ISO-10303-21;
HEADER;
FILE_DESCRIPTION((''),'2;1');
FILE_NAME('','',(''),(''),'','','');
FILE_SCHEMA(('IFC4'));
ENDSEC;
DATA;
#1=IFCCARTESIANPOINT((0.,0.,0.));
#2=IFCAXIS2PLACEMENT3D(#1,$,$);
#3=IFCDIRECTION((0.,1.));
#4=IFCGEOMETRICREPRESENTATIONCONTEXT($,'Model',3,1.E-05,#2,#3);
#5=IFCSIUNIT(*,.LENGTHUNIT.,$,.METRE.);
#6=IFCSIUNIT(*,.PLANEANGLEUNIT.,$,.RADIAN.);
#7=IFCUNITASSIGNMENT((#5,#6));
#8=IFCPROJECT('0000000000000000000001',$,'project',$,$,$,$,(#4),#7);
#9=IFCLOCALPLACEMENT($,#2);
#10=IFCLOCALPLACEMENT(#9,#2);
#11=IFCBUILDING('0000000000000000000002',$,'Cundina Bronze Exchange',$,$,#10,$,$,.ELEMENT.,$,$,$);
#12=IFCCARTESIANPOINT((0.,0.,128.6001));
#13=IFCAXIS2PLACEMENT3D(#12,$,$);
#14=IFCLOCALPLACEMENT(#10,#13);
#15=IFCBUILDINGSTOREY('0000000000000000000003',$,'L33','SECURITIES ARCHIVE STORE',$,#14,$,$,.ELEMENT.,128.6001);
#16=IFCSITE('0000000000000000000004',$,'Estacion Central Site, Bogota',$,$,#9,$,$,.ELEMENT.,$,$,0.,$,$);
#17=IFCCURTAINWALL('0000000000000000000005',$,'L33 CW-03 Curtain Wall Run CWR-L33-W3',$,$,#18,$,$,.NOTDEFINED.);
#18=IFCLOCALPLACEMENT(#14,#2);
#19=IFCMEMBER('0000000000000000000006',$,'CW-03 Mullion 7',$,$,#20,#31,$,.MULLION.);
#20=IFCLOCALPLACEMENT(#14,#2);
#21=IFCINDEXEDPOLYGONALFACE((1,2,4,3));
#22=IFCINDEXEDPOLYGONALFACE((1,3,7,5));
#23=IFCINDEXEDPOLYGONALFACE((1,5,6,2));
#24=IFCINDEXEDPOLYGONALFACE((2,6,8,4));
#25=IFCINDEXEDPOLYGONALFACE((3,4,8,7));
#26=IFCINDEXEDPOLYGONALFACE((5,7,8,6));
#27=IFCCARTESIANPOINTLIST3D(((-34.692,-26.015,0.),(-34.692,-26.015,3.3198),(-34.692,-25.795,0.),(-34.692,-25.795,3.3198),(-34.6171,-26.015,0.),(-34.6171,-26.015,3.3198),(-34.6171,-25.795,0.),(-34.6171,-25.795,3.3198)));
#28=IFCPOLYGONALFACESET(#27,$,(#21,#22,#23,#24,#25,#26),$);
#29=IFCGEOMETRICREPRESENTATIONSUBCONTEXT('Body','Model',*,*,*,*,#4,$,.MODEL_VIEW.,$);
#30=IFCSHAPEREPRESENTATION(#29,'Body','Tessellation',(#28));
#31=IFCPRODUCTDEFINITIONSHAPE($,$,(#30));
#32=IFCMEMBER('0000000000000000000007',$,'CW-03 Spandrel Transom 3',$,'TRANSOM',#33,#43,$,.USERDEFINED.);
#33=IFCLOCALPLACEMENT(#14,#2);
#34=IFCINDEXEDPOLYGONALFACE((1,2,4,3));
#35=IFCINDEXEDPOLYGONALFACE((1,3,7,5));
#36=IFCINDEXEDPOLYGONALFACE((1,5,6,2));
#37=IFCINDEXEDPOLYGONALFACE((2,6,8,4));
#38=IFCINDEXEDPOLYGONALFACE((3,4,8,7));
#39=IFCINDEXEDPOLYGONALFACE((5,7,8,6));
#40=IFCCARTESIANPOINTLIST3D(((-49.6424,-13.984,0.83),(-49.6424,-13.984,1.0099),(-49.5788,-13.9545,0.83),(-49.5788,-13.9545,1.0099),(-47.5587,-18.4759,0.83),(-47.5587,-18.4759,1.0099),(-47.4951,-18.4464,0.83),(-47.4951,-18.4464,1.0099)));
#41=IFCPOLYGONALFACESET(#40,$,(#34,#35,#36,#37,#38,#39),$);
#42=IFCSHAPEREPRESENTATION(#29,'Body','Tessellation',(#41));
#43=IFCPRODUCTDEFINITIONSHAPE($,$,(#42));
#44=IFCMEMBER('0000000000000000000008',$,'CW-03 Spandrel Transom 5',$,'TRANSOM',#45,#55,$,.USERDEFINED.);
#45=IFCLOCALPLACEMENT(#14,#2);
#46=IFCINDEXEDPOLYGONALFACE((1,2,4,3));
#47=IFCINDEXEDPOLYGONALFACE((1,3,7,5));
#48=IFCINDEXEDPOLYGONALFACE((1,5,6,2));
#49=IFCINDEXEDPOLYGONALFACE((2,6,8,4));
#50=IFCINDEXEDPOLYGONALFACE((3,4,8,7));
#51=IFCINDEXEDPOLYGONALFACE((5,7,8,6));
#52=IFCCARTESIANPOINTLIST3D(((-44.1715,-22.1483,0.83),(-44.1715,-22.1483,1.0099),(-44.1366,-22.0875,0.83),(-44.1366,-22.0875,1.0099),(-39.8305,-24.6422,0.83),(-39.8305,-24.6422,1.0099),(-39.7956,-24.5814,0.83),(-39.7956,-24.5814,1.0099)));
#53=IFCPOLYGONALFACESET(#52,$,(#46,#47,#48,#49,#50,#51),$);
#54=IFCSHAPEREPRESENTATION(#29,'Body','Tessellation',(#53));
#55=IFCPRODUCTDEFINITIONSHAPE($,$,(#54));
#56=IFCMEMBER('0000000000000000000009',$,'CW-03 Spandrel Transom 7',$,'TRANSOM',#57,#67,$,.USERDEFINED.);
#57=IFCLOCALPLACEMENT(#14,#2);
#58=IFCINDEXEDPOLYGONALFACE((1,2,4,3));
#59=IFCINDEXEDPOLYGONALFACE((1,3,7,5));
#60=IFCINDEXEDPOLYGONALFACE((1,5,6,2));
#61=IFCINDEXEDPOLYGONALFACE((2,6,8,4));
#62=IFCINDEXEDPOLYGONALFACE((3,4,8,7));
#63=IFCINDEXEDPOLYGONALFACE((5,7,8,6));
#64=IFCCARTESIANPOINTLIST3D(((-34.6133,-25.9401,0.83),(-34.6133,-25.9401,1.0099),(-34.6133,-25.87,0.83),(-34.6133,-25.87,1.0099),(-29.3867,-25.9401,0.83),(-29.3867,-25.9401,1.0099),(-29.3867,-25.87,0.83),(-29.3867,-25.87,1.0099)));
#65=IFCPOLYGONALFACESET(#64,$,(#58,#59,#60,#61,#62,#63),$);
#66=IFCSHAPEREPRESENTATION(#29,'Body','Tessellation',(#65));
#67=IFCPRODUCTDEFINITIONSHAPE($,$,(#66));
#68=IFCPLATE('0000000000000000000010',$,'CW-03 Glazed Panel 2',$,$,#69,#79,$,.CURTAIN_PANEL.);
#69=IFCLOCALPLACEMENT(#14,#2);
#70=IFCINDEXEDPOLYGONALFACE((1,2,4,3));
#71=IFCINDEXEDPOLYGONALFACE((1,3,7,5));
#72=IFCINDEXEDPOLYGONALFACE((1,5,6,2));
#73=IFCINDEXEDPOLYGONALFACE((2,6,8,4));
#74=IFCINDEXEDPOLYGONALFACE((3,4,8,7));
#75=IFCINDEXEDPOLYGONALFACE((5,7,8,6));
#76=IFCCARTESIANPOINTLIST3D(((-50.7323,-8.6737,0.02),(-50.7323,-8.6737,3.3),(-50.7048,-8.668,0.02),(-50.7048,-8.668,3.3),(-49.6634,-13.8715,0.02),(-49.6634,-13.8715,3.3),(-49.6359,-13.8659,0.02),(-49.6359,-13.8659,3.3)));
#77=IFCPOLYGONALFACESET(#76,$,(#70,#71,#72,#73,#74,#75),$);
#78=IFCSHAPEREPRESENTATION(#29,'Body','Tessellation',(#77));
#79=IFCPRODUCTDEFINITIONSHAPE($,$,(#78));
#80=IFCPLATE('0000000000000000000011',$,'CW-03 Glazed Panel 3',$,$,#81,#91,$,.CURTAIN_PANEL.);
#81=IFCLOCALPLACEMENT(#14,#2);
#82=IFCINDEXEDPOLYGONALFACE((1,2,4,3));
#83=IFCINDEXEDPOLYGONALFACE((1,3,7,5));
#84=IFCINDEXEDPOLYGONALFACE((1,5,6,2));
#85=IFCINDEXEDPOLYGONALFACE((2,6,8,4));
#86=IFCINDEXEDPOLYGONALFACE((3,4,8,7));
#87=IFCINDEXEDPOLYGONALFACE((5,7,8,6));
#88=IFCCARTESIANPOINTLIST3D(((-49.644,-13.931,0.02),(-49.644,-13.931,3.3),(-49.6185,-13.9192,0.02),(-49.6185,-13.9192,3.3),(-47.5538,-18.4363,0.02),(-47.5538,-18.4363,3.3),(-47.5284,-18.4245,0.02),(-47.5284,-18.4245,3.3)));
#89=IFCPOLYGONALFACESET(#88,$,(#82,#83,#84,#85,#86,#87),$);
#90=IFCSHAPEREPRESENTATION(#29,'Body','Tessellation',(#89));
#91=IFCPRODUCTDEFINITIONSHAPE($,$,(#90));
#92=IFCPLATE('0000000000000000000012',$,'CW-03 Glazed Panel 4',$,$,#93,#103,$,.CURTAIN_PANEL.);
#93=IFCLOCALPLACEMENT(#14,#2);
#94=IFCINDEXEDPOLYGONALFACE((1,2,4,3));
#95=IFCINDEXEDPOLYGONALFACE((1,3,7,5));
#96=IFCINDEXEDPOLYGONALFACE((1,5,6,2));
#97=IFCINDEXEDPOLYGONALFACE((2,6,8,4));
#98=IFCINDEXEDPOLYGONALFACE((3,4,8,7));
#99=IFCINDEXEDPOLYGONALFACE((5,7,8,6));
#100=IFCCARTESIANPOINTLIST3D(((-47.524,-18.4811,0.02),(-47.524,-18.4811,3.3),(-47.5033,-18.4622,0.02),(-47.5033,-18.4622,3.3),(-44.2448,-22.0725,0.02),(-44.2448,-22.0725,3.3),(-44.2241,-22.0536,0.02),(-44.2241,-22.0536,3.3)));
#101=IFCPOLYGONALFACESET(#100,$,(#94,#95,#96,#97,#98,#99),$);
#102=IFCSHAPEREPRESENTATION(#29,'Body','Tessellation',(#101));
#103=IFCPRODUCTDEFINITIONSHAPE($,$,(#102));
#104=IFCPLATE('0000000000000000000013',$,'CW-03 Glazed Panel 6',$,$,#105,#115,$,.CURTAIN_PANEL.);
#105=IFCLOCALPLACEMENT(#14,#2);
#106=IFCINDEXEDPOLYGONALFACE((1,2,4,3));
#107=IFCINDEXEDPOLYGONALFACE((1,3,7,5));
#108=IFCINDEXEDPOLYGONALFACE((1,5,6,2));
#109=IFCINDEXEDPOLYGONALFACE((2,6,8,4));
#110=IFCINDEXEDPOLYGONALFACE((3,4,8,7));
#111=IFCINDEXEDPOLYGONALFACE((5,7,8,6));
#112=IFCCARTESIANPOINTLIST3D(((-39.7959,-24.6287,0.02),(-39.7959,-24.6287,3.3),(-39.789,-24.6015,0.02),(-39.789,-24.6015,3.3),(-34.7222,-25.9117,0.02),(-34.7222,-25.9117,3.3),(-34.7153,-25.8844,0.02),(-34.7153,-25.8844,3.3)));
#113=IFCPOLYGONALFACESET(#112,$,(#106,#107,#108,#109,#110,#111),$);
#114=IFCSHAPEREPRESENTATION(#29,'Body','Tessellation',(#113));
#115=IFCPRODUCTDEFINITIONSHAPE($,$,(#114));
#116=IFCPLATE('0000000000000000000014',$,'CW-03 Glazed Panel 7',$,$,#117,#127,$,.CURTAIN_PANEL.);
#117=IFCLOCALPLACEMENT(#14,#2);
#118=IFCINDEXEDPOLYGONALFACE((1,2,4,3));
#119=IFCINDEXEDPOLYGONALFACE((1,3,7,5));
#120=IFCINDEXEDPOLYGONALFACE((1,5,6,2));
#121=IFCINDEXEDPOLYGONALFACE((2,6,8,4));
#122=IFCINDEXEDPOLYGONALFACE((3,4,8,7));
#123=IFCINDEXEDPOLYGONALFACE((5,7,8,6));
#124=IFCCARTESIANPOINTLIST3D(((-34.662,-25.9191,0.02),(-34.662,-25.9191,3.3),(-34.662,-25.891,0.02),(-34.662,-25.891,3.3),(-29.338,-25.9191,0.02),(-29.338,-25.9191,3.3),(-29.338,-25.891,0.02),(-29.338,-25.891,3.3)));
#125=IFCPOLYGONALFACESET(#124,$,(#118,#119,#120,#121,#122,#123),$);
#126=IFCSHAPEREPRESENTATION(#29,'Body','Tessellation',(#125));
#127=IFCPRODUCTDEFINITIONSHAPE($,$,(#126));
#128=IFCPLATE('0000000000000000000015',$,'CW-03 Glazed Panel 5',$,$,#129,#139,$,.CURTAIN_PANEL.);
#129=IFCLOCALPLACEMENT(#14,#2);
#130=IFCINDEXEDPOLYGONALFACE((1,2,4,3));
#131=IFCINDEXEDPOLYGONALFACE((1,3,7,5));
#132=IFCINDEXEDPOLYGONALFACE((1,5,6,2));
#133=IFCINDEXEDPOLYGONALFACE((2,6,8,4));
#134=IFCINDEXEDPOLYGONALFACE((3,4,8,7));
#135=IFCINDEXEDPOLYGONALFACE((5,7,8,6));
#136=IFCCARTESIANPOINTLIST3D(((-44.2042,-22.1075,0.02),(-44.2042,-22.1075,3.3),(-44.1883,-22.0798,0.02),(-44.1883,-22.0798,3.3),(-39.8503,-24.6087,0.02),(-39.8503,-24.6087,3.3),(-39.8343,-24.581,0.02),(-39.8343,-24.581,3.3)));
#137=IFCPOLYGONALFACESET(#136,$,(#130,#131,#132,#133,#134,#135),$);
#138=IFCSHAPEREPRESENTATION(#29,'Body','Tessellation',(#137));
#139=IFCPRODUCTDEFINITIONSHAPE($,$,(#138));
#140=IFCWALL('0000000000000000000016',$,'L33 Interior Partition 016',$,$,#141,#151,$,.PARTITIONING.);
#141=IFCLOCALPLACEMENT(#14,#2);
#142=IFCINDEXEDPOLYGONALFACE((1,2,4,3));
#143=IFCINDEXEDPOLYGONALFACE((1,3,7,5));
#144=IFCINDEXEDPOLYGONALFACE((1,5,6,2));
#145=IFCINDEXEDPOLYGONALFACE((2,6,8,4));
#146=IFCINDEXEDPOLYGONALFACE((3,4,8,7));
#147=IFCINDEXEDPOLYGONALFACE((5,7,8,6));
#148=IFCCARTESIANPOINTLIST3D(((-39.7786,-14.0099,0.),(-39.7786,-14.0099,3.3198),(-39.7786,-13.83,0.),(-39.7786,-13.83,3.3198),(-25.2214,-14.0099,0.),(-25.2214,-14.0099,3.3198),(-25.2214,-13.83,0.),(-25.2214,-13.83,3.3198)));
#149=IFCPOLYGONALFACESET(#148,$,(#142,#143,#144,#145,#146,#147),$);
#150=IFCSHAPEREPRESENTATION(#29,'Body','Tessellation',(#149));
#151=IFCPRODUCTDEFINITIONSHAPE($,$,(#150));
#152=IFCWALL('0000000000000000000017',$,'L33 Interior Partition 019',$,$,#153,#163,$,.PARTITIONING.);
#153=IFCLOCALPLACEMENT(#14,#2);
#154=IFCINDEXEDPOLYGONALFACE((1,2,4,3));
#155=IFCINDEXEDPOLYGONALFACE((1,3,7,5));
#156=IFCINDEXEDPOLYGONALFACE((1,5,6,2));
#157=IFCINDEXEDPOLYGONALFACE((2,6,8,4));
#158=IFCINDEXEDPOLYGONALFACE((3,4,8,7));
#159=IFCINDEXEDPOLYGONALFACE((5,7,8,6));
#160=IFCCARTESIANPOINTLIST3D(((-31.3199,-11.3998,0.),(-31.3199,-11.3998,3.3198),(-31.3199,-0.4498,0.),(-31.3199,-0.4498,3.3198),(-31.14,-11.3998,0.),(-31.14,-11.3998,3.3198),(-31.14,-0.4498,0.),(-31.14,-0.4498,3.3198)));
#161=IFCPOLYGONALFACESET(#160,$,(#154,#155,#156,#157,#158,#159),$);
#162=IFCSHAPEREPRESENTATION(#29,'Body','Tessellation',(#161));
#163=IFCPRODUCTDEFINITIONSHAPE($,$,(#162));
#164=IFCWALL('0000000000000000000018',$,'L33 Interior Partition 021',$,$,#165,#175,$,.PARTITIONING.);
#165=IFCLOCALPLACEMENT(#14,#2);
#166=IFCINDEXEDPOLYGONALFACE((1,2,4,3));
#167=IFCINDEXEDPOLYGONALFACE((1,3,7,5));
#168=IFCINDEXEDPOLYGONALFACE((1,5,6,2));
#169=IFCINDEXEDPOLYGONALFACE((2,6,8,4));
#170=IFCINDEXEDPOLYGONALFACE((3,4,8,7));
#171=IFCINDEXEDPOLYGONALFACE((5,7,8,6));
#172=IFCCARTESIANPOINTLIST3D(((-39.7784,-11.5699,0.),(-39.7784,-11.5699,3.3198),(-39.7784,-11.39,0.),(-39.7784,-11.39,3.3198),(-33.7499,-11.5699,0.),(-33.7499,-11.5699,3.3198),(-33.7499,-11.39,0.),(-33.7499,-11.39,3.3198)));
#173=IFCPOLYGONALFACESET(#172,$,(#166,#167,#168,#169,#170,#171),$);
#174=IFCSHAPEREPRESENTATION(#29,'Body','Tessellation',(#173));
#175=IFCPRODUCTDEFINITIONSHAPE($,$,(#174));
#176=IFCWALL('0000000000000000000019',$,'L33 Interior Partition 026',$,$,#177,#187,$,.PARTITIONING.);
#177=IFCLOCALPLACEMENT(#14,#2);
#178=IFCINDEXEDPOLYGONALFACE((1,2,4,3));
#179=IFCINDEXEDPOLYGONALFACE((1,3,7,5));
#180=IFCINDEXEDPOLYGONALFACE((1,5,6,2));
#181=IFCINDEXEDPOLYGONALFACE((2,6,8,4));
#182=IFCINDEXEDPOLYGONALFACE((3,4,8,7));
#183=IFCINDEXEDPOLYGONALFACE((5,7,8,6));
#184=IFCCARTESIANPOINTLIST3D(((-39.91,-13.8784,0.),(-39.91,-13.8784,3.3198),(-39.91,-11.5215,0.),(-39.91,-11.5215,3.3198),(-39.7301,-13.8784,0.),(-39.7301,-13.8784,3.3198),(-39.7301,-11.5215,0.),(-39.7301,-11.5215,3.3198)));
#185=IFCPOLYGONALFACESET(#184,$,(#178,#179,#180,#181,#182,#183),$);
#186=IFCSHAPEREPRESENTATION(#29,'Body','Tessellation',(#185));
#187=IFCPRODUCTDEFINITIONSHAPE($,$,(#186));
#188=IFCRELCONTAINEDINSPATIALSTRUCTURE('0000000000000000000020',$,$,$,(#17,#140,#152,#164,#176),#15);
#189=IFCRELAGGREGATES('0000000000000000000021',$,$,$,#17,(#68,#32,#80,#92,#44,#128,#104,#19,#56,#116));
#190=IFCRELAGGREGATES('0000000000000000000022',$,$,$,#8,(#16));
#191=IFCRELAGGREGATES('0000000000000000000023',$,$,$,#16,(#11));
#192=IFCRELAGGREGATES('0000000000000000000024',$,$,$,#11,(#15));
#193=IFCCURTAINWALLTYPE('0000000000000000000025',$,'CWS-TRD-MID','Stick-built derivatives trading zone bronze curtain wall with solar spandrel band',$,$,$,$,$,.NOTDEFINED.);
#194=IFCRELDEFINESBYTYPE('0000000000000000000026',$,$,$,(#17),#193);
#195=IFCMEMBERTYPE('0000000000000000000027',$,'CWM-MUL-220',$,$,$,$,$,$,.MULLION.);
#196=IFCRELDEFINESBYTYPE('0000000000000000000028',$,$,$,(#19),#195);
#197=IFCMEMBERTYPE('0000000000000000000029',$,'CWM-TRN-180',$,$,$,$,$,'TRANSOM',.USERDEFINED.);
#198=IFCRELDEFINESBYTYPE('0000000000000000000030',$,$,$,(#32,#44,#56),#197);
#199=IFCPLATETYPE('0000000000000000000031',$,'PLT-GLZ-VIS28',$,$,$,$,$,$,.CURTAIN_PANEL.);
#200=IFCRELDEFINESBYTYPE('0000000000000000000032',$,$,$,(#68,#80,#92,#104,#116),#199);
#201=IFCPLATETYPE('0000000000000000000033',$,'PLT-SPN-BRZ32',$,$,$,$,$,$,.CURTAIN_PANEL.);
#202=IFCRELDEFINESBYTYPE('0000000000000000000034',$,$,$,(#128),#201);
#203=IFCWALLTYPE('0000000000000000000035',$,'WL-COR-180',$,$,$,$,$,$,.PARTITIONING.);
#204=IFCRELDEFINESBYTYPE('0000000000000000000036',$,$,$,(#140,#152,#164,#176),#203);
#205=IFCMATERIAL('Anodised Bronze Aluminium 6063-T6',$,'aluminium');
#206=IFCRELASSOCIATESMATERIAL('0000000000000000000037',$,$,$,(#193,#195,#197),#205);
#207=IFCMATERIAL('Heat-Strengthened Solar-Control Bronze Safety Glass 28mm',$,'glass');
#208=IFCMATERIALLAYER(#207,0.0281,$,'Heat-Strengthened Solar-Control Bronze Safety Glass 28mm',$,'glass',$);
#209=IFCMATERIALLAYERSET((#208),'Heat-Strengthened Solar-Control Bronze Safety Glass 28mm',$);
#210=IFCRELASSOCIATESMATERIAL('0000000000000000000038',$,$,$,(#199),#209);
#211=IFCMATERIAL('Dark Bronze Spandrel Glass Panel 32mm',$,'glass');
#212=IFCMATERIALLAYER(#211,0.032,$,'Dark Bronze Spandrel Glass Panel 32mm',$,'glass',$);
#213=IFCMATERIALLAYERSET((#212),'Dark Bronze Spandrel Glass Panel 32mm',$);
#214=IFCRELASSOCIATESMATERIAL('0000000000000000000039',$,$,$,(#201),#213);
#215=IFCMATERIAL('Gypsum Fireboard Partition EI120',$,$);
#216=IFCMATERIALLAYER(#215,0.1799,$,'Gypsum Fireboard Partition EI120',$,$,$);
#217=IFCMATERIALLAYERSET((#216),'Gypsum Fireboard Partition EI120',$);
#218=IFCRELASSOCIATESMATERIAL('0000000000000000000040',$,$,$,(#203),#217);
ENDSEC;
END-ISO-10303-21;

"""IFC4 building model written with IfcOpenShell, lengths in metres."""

from ifc_helpers import new_model, si_unit, direction, frame, frame_2d, origin, origin_2d, place, context, subcontext, project, spatial, rectangle, extrude, material, layer, layer_set, material_profile, profile_set, type_object, element, aggregate, save


model = new_model("IFC4")

# Units and contexts
model_context = context("Model", 3, precision=1e-05, world=origin(), true_north=direction((0.0, 1.0)))
body_context = subcontext(model_context, "Body", "Model", "MODEL_VIEW")
ifc_project = project(units=[si_unit("LENGTHUNIT", "METRE"), si_unit("PLANEANGLEUNIT", "RADIAN")], contexts=[model_context])

# Site, building, storey
site_placement = place(None, origin())
site = spatial("IfcSite", under=ifc_project, at=site_placement, Name="Estacion Central Site, Bogota", CompositionType="ELEMENT", RefElevation=0.0)
building_placement = place(site_placement, origin())
building = spatial("IfcBuilding", under=site, at=building_placement, Name="Cundina Bronze Exchange", CompositionType="ELEMENT")
storey_placement = place(building_placement, frame((0.0, 0.0, 128.6001)))
storey = spatial("IfcBuildingStorey", under=building, at=storey_placement, Name="L33", Description="SECURITIES ARCHIVE STORE", CompositionType="ELEMENT", Elevation=128.6001)

# Curtain wall, members, plates
ifc_material_1 = material(Name="Anodised Bronze Aluminium 6063-T6", Category="aluminium")
curtain_wall_type = type_object("IfcCurtainWallType", Name="CWS-TRD-MID", Description="Stick-built derivatives trading zone bronze curtain wall with solar spandrel band", PredefinedType="NOTDEFINED", material=ifc_material_1)
curtain_wall_placement = place(storey_placement, origin())
curtain_wall = element("IfcCurtainWall", 1, at=curtain_wall_placement, inside=storey, type_object=curtain_wall_type, Name="L33 CW-03 Curtain Wall Run CWR-L33-W3", PredefinedType="NOTDEFINED")
ifc_material_profile_1 = material_profile(ifc_material_1, rectangle(XDim=0.075, YDim=0.22, at=origin_2d()), Name="AL75X220", Category="aluminium")
ifc_profile_set_1 = profile_set([ifc_material_profile_1], Name="Anodised Bronze Aluminium 6063-T6")
member_type_1 = type_object("IfcMemberType", Name="CWM-MUL-220", PredefinedType="MULLION", material=ifc_profile_set_1)
member_1_placement = place(storey_placement, frame((-34.6545, -25.905, 0.0), z_axis=(0.0, 0.0, 1.0), x_axis=(1.0, 0.0, 0.0)))
member_1 = element("IfcMember", 2, at=member_1_placement, type_object=member_type_1, Name="CW-03 Mullion 7", PredefinedType="MULLION", context=body_context, shape_type="SweptSolid", body=[
    extrude(rectangle(XDim=0.075, YDim=0.22, at=origin_2d()), origin(), (0.0, 0.0, 1.0), 3.3198),
])
ifc_material_profile_2 = material_profile(ifc_material_1, rectangle(XDim=0.0701, YDim=0.1799, at=origin_2d()), Name="AL70X180", Category="aluminium")
ifc_profile_set_2 = profile_set([ifc_material_profile_2], Name="Anodised Bronze Aluminium 6063-T6")
member_type_2 = type_object("IfcMemberType", Name="CWM-TRN-180", ElementType="TRANSOM", PredefinedType="USERDEFINED", material=ifc_profile_set_2)
member_2_placement = place(storey_placement, frame((-49.6106, -13.9692, 0.9199), z_axis=(0.420811, -0.907148, 0.0), x_axis=(0.907148, 0.420811, 0.0)))
member_2 = element("IfcMember", 3, at=member_2_placement, type_object=member_type_2, Name="CW-03 Spandrel Transom 3", ObjectType="TRANSOM", PredefinedType="USERDEFINED", context=body_context, shape_type="SweptSolid", body=[
    extrude(rectangle(XDim=0.0701, YDim=0.1799, at=origin_2d()), origin(), (0.0, 0.0, 1.0), 4.9517),
])
member_3_placement = place(storey_placement, frame((-44.1541, -22.1179, 0.9199), z_axis=(0.867097, -0.498139, 0.0), x_axis=(0.498139, 0.867097, 0.0)))
member_3 = element("IfcMember", 4, at=member_3_placement, type_object=member_type_2, Name="CW-03 Spandrel Transom 5", ObjectType="TRANSOM", PredefinedType="USERDEFINED", context=body_context, shape_type="SweptSolid", body=[
    extrude(rectangle(XDim=0.0701, YDim=0.1799, at=origin_2d()), origin(), (0.0, 0.0, 1.0), 5.0063),
])
member_4_placement = place(storey_placement, frame((-34.6133, -25.905, 0.9199), z_axis=(1.0, 0.0, 0.0), x_axis=(0.0, 1.0, 0.0)))
member_4 = element("IfcMember", 5, at=member_4_placement, type_object=member_type_2, Name="CW-03 Spandrel Transom 7", ObjectType="TRANSOM", PredefinedType="USERDEFINED", context=body_context, shape_type="SweptSolid", body=[
    extrude(rectangle(XDim=0.0701, YDim=0.1799, at=origin_2d()), origin(), (0.0, 0.0, 1.0), 5.2266),
])
ifc_material_2 = material(Name="Heat-Strengthened Solar-Control Bronze Safety Glass 28mm", Category="glass")
ifc_layer_1 = layer(ifc_material_2, 0.0281, Name="Heat-Strengthened Solar-Control Bronze Safety Glass 28mm", Category="glass")
ifc_layer_set_1 = layer_set([ifc_layer_1], Name="Heat-Strengthened Solar-Control Bronze Safety Glass 28mm")
plate_type_1 = type_object("IfcPlateType", Name="PLT-GLZ-VIS28", PredefinedType="CURTAIN_PANEL", material=ifc_layer_set_1)
plate_1_placement = place(storey_placement, frame((-50.1841, -11.2698, 0.02), z_axis=(0.0, 0.0, 1.0), x_axis=(0.20142, -0.979505, 0.0)))
plate_1 = element("IfcPlate", 6, at=plate_1_placement, type_object=plate_type_1, Name="CW-03 Glazed Panel 2", PredefinedType="CURTAIN_PANEL", context=body_context, shape_type="SweptSolid", body=[
    extrude(rectangle(XDim=5.3066, YDim=0.0281, at=origin_2d()), origin(), (0.0, 0.0, 1.0), 3.28),
])
plate_2_placement = place(storey_placement, frame((-48.5862, -16.1777, 0.02), z_axis=(0.0, 0.0, 1.0), x_axis=(0.420846, -0.907132, 0.0)))
plate_2 = element("IfcPlate", 7, at=plate_2_placement, type_object=plate_type_1, Name="CW-03 Glazed Panel 3", PredefinedType="CURTAIN_PANEL", context=body_context, shape_type="SweptSolid", body=[
    extrude(rectangle(XDim=4.9666, YDim=0.0281, at=origin_2d()), origin(), (0.0, 0.0, 1.0), 3.28),
])
plate_3_placement = place(storey_placement, frame((-45.874, -20.2673, 0.02), z_axis=(0.0, 0.0, 1.0), x_axis=(0.674277, -0.738479, 0.0)))
plate_3 = element("IfcPlate", 8, at=plate_3_placement, type_object=plate_type_1, Name="CW-03 Glazed Panel 4", PredefinedType="CURTAIN_PANEL", context=body_context, shape_type="SweptSolid", body=[
    extrude(rectangle(XDim=4.8633, YDim=0.0281, at=origin_2d()), origin(), (0.0, 0.0, 1.0), 3.28),
])
plate_4_placement = place(storey_placement, frame((-37.2556, -25.2566, 0.02), z_axis=(0.0, 0.0, 1.0), x_axis=(0.969488, -0.245138, 0.0)))
plate_4 = element("IfcPlate", 9, at=plate_4_placement, type_object=plate_type_1, Name="CW-03 Glazed Panel 6", PredefinedType="CURTAIN_PANEL", context=body_context, shape_type="SweptSolid", body=[
    extrude(rectangle(XDim=5.2334, YDim=0.0281, at=origin_2d()), origin(), (0.0, 0.0, 1.0), 3.28),
])
plate_5_placement = place(storey_placement, frame((-32.0, -25.905, 0.02), z_axis=(0.0, 0.0, 1.0), x_axis=(1.0, 0.0, 0.0)))
plate_5 = element("IfcPlate", 10, at=plate_5_placement, type_object=plate_type_1, Name="CW-03 Glazed Panel 7", PredefinedType="CURTAIN_PANEL", context=body_context, shape_type="SweptSolid", body=[
    extrude(rectangle(XDim=5.324, YDim=0.0281, at=origin_2d()), origin(), (0.0, 0.0, 1.0), 3.28),
])
ifc_material_3 = material(Name="Dark Bronze Spandrel Glass Panel 32mm", Category="glass")
ifc_layer_2 = layer(ifc_material_3, 0.032, Name="Dark Bronze Spandrel Glass Panel 32mm", Category="glass")
ifc_layer_set_2 = layer_set([ifc_layer_2], Name="Dark Bronze Spandrel Glass Panel 32mm")
plate_type_2 = type_object("IfcPlateType", Name="PLT-SPN-BRZ32", PredefinedType="CURTAIN_PANEL", material=ifc_layer_set_2)
plate_6_placement = place(storey_placement, frame((-42.0193, -23.3442, 0.02), z_axis=(0.0, 0.0, 1.0), x_axis=(0.867105, -0.498125, 0.0)))
plate_6 = element("IfcPlate", 11, at=plate_6_placement, type_object=plate_type_2, Name="CW-03 Glazed Panel 5", PredefinedType="CURTAIN_PANEL", context=body_context, shape_type="SweptSolid", body=[
    extrude(rectangle(XDim=5.0212, YDim=0.032, at=origin_2d()), origin(), (0.0, 0.0, 1.0), 3.28),
])
aggregate(curtain_wall, [plate_1, member_2, plate_2, plate_3, member_3, plate_6, plate_4, member_1, member_4, plate_5])

# Walls
ifc_material_4 = material(Name="Gypsum Fireboard Partition EI120")
ifc_layer_3 = layer(ifc_material_4, 0.1799, Name="Gypsum Fireboard Partition EI120")
ifc_layer_set_3 = layer_set([ifc_layer_3], Name="Gypsum Fireboard Partition EI120")
wall_type = type_object("IfcWallType", Name="WL-COR-180", PredefinedType="PARTITIONING", material=ifc_layer_set_3)
wall_1_placement = place(storey_placement, frame((-39.7786, -13.9199, 0.0), z_axis=(0.0, 0.0, 1.0), x_axis=(1.0, 0.0, 0.0)))
element("IfcWall", 12, at=wall_1_placement, inside=storey, type_object=wall_type, Name="L33 Interior Partition 016", PredefinedType="PARTITIONING", context=body_context, shape_type="SweptSolid", body=[
    extrude(rectangle(XDim=14.5571, YDim=0.1799, at=frame_2d((7.2786, 0.0))), origin(), (0.0, 0.0, 1.0), 3.3198),
])
wall_2_placement = place(storey_placement, frame((-31.23, -11.3999, 0.0), z_axis=(0.0, 0.0, 1.0), x_axis=(0.0, 1.0, 0.0)))
element("IfcWall", 13, at=wall_2_placement, inside=storey, type_object=wall_type, Name="L33 Interior Partition 019", PredefinedType="PARTITIONING", context=body_context, shape_type="SweptSolid", body=[
    extrude(rectangle(XDim=10.95, YDim=0.1799, at=frame_2d((5.4751, 0.0))), origin(), (0.0, 0.0, 1.0), 3.3198),
])
wall_3_placement = place(storey_placement, frame((-33.75, -11.48, 0.0), z_axis=(0.0, 0.0, 1.0), x_axis=(-1.0, 0.0, 0.0)))
element("IfcWall", 14, at=wall_3_placement, inside=storey, type_object=wall_type, Name="L33 Interior Partition 021", PredefinedType="PARTITIONING", context=body_context, shape_type="SweptSolid", body=[
    extrude(rectangle(XDim=6.0286, YDim=0.1799, at=frame_2d((3.0142, 0.0))), origin(), (0.0, 0.0, 1.0), 3.3198),
])
wall_4_placement = place(storey_placement, frame((-39.8201, -11.5215, 0.0), z_axis=(0.0, 0.0, 1.0), x_axis=(0.0, -1.0, 0.0)))
element("IfcWall", 15, at=wall_4_placement, inside=storey, type_object=wall_type, Name="L33 Interior Partition 026", PredefinedType="PARTITIONING", context=body_context, shape_type="SweptSolid", body=[
    extrude(rectangle(XDim=2.3569, YDim=0.1799, at=frame_2d((1.1785, 0.0))), origin(), (0.0, 0.0, 1.0), 3.3198),
])

save(model, "model.ifc")
